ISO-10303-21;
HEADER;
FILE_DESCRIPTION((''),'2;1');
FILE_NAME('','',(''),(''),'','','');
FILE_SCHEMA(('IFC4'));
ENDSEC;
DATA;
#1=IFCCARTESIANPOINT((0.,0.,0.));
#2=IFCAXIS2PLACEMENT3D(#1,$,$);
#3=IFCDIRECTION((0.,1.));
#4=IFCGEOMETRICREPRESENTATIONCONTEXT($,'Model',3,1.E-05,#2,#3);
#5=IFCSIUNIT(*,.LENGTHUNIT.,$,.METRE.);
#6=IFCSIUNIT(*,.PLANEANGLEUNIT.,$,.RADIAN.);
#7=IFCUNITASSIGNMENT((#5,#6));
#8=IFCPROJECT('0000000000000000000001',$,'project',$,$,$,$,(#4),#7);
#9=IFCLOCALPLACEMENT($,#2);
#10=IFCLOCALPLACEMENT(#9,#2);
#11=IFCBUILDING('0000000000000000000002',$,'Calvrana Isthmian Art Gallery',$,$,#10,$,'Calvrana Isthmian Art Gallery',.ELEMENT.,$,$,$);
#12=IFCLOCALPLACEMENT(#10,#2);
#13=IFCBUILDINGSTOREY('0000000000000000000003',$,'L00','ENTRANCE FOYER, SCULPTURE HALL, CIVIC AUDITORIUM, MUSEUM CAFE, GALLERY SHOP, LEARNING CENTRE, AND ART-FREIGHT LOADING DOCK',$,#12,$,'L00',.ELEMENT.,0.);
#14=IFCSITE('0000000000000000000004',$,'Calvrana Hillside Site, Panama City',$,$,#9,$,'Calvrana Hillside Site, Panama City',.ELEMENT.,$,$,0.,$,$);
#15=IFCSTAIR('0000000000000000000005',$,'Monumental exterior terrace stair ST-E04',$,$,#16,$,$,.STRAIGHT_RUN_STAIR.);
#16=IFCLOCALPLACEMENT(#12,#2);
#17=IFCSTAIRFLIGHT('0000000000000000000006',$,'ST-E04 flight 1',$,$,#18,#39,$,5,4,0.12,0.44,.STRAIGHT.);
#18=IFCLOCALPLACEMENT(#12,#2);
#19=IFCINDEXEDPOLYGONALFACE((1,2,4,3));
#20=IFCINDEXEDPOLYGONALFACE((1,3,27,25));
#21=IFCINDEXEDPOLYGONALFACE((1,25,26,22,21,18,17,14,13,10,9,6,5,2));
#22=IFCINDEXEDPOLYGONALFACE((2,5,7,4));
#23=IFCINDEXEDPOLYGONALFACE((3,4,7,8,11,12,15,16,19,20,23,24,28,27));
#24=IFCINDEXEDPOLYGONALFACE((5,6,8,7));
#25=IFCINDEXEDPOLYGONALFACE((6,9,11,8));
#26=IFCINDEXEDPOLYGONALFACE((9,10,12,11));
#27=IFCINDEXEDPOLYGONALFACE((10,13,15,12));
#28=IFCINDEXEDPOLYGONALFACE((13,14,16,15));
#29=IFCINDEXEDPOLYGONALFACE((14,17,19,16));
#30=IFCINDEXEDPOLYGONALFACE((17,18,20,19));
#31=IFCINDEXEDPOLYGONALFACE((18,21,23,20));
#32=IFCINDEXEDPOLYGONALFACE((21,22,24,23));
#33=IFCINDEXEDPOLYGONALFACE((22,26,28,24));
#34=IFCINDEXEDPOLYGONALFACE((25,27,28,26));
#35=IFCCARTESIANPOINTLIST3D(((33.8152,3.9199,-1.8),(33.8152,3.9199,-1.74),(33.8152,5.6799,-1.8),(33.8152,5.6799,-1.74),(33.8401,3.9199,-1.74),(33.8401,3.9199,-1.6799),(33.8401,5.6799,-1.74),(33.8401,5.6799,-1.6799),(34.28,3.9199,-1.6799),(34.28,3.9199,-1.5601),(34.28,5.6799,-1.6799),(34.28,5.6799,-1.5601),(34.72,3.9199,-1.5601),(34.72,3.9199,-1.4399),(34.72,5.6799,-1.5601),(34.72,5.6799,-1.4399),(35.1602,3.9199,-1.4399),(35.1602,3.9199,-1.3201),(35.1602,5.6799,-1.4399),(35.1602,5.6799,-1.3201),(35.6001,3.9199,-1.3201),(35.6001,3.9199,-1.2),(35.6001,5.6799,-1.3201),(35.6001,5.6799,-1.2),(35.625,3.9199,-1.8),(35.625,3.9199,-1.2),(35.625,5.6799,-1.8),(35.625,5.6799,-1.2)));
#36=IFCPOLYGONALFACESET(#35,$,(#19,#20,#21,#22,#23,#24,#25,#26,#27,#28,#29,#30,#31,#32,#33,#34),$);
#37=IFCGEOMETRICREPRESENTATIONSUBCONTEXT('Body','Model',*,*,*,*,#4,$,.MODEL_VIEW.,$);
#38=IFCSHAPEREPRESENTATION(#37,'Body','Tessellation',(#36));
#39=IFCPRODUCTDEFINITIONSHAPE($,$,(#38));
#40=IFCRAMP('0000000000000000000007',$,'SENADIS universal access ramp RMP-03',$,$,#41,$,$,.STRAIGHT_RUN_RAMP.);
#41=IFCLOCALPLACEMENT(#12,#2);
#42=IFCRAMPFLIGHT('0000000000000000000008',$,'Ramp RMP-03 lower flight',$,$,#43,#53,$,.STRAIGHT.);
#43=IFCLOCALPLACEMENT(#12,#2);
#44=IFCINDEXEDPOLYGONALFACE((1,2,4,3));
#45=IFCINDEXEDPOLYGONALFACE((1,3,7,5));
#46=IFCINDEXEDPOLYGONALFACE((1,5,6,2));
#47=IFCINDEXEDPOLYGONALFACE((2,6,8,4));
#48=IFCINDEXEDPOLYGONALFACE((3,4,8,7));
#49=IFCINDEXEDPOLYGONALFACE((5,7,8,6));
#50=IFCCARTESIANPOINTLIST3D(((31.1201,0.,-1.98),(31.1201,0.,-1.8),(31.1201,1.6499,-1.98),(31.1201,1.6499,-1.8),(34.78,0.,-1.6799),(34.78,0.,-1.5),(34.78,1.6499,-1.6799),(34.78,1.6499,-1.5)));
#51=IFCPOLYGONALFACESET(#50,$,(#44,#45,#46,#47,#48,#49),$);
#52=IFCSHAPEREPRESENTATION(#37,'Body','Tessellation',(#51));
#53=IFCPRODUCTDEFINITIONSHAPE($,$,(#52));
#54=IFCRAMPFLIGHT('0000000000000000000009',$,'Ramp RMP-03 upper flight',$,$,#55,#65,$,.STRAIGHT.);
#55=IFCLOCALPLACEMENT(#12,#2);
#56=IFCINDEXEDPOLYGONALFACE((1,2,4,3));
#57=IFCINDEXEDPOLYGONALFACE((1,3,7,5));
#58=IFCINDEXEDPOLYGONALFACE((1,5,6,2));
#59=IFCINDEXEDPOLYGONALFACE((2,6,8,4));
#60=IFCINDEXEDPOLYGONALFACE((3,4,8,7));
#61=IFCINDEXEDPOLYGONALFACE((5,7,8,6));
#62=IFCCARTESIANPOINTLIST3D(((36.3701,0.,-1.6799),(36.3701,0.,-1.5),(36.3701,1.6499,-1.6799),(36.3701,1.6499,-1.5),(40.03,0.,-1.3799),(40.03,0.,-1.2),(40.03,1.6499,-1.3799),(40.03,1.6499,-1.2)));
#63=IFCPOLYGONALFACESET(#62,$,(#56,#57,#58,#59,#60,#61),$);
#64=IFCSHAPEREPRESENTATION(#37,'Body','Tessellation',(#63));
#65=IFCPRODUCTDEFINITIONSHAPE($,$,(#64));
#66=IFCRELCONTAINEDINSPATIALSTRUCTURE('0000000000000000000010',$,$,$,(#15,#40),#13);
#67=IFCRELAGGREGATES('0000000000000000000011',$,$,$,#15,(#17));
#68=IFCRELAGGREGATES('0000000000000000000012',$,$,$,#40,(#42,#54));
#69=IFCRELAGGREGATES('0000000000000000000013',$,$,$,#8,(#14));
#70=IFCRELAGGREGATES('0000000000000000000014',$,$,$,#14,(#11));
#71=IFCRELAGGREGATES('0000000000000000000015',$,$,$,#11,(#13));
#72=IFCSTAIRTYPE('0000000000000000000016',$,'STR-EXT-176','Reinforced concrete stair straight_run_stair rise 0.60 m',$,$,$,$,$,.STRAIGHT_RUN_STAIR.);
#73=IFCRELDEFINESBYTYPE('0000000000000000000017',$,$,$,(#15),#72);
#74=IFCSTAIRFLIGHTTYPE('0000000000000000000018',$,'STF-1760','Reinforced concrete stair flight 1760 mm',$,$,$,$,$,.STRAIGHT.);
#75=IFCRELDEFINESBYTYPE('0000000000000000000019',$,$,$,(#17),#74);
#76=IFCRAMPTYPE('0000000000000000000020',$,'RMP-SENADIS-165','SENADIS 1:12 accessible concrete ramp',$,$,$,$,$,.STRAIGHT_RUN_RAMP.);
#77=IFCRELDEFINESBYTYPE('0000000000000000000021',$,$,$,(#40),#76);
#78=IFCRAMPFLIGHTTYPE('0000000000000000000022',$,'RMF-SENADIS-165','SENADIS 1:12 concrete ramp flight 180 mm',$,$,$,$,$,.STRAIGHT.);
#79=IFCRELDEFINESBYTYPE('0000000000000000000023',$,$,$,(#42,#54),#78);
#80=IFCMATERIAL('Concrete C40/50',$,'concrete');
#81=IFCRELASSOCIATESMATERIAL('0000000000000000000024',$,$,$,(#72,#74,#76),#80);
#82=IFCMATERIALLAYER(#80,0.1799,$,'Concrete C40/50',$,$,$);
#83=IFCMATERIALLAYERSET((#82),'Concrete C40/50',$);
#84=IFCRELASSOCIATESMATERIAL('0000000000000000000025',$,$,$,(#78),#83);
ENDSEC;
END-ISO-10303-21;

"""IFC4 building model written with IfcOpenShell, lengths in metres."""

from ifc_helpers import new_model, si_unit, direction, frame, origin, place, context, subcontext, project, spatial, polyline, outline, extrude, material, layer, layer_set, type_object, element, aggregate, save


model = new_model("IFC4")

# Units and contexts
model_context = context("Model", 3, precision=1e-05, world=origin(), true_north=direction((0.0, 1.0)))
body_context = subcontext(model_context, "Body", "Model", "MODEL_VIEW")
ifc_project = project(units=[si_unit("LENGTHUNIT", "METRE"), si_unit("PLANEANGLEUNIT", "RADIAN")], contexts=[model_context])

# Site, building, storey
site_placement = place(None, origin())
site = spatial("IfcSite", under=ifc_project, at=site_placement, Name="Calvrana Hillside Site, Panama City", LongName="Calvrana Hillside Site, Panama City", CompositionType="ELEMENT", RefElevation=0.0)
building_placement = place(site_placement, origin())
building = spatial("IfcBuilding", under=site, at=building_placement, Name="Calvrana Isthmian Art Gallery", LongName="Calvrana Isthmian Art Gallery", CompositionType="ELEMENT")
storey_placement = place(building_placement, origin())
storey = spatial("IfcBuildingStorey", under=building, at=storey_placement, Name="L00", Description="ENTRANCE FOYER, SCULPTURE HALL, CIVIC AUDITORIUM, MUSEUM CAFE, GALLERY SHOP, LEARNING CENTRE, AND ART-FREIGHT LOADING DOCK", LongName="L00", CompositionType="ELEMENT", Elevation=0.0)

# Shared definitions
ifc_material_1 = material(Name="Concrete C40/50", Category="concrete")

# Stair, stair flight
stair_type = type_object("IfcStairType", Name="STR-EXT-176", Description="Reinforced concrete stair straight_run_stair rise 0.60 m", PredefinedType="STRAIGHT_RUN_STAIR", material=ifc_material_1)
stair_placement = place(storey_placement, origin())
stair = element("IfcStair", 1, at=stair_placement, inside=storey, type_object=stair_type, Name="Monumental exterior terrace stair ST-E04", PredefinedType="STRAIGHT_RUN_STAIR")
stair_flight_type = type_object("IfcStairFlightType", Name="STF-1760", Description="Reinforced concrete stair flight 1760 mm", PredefinedType="STRAIGHT", material=ifc_material_1)
stair_flight_placement = place(storey_placement, frame((33.8401, 4.8, -1.8), z_axis=(0.0, 0.0, 1.0), x_axis=(1.0, 0.0, 0.0)))
stair_flight = element("IfcStairFlight", 2, at=stair_flight_placement, type_object=stair_flight_type, Name="ST-E04 flight 1", NumberOfRisers=5, NumberOfTreads=4, PredefinedType="STRAIGHT", RiserHeight=0.12, TreadLength=0.44, context=body_context, shape_type="SweptSolid", body=[
    extrude(outline(polyline([(-0.0249, 0.0), (-0.0249, 0.0601), (0.0, 0.0601), (0.0, 0.1201), (0.4399, 0.1201), (0.4399, 0.24), (0.8799, 0.24), (0.8799, 0.3601), (1.3201, 0.3601), (1.3201, 0.48), (1.76, 0.48), (1.76, 0.6001), (1.7849, 0.6001), (1.7849, 0.0), (-0.0249, 0.0)])), frame((0.0, 0.8799, 0.0), z_axis=(0.0, -1.0, 0.0), x_axis=(1.0, 0.0, 0.0)), (0.0, 0.0, 1.0), 1.76),
])
aggregate(stair, [stair_flight])

# Ramp, ramp flights
ramp_type = type_object("IfcRampType", Name="RMP-SENADIS-165", Description="SENADIS 1:12 accessible concrete ramp", PredefinedType="STRAIGHT_RUN_RAMP", material=ifc_material_1)
ramp_placement = place(storey_placement, origin())
ramp = element("IfcRamp", 3, at=ramp_placement, inside=storey, type_object=ramp_type, Name="SENADIS universal access ramp RMP-03", PredefinedType="STRAIGHT_RUN_RAMP")
ifc_layer_1 = layer(ifc_material_1, 0.1799, Name="Concrete C40/50")
ifc_layer_set_1 = layer_set([ifc_layer_1], Name="Concrete C40/50")
ramp_flight_type = type_object("IfcRampFlightType", Name="RMF-SENADIS-165", Description="SENADIS 1:12 concrete ramp flight 180 mm", PredefinedType="STRAIGHT", material=ifc_layer_set_1)
ramp_flight_1_placement = place(storey_placement, frame((31.1201, 0.825, -1.8), z_axis=(0.0, 0.0, 1.0), x_axis=(1.0, 0.0, 0.0)))
ramp_flight_1 = element("IfcRampFlight", 4, at=ramp_flight_1_placement, type_object=ramp_flight_type, Name="Ramp RMP-03 lower flight", PredefinedType="STRAIGHT", context=body_context, shape_type="SweptSolid", body=[
    extrude(outline(polyline([(0.0, -0.1799), (0.0, 0.0), (3.6599, 0.3), (3.6599, 0.1201), (0.0, -0.1799)])), frame((0.0, 0.825, 0.0), z_axis=(0.0, -1.0, 0.0), x_axis=(1.0, 0.0, 0.0)), (0.0, 0.0, 1.0), 1.6499),
])
ramp_flight_2_placement = place(storey_placement, frame((36.3701, 0.825, -1.5), z_axis=(0.0, 0.0, 1.0), x_axis=(1.0, 0.0, 0.0)))
ramp_flight_2 = element("IfcRampFlight", 5, at=ramp_flight_2_placement, type_object=ramp_flight_type, Name="Ramp RMP-03 upper flight", PredefinedType="STRAIGHT", context=body_context, shape_type="SweptSolid", body=[
    extrude(outline(polyline([(0.0, -0.1799), (0.0, 0.0), (3.6599, 0.3), (3.6599, 0.1201), (0.0, -0.1799)])), frame((0.0, 0.825, 0.0), z_axis=(0.0, -1.0, 0.0), x_axis=(1.0, 0.0, 0.0)), (0.0, 0.0, 1.0), 1.6499),
])
aggregate(ramp, [ramp_flight_1, ramp_flight_2])

save(model, "model.ifc")
